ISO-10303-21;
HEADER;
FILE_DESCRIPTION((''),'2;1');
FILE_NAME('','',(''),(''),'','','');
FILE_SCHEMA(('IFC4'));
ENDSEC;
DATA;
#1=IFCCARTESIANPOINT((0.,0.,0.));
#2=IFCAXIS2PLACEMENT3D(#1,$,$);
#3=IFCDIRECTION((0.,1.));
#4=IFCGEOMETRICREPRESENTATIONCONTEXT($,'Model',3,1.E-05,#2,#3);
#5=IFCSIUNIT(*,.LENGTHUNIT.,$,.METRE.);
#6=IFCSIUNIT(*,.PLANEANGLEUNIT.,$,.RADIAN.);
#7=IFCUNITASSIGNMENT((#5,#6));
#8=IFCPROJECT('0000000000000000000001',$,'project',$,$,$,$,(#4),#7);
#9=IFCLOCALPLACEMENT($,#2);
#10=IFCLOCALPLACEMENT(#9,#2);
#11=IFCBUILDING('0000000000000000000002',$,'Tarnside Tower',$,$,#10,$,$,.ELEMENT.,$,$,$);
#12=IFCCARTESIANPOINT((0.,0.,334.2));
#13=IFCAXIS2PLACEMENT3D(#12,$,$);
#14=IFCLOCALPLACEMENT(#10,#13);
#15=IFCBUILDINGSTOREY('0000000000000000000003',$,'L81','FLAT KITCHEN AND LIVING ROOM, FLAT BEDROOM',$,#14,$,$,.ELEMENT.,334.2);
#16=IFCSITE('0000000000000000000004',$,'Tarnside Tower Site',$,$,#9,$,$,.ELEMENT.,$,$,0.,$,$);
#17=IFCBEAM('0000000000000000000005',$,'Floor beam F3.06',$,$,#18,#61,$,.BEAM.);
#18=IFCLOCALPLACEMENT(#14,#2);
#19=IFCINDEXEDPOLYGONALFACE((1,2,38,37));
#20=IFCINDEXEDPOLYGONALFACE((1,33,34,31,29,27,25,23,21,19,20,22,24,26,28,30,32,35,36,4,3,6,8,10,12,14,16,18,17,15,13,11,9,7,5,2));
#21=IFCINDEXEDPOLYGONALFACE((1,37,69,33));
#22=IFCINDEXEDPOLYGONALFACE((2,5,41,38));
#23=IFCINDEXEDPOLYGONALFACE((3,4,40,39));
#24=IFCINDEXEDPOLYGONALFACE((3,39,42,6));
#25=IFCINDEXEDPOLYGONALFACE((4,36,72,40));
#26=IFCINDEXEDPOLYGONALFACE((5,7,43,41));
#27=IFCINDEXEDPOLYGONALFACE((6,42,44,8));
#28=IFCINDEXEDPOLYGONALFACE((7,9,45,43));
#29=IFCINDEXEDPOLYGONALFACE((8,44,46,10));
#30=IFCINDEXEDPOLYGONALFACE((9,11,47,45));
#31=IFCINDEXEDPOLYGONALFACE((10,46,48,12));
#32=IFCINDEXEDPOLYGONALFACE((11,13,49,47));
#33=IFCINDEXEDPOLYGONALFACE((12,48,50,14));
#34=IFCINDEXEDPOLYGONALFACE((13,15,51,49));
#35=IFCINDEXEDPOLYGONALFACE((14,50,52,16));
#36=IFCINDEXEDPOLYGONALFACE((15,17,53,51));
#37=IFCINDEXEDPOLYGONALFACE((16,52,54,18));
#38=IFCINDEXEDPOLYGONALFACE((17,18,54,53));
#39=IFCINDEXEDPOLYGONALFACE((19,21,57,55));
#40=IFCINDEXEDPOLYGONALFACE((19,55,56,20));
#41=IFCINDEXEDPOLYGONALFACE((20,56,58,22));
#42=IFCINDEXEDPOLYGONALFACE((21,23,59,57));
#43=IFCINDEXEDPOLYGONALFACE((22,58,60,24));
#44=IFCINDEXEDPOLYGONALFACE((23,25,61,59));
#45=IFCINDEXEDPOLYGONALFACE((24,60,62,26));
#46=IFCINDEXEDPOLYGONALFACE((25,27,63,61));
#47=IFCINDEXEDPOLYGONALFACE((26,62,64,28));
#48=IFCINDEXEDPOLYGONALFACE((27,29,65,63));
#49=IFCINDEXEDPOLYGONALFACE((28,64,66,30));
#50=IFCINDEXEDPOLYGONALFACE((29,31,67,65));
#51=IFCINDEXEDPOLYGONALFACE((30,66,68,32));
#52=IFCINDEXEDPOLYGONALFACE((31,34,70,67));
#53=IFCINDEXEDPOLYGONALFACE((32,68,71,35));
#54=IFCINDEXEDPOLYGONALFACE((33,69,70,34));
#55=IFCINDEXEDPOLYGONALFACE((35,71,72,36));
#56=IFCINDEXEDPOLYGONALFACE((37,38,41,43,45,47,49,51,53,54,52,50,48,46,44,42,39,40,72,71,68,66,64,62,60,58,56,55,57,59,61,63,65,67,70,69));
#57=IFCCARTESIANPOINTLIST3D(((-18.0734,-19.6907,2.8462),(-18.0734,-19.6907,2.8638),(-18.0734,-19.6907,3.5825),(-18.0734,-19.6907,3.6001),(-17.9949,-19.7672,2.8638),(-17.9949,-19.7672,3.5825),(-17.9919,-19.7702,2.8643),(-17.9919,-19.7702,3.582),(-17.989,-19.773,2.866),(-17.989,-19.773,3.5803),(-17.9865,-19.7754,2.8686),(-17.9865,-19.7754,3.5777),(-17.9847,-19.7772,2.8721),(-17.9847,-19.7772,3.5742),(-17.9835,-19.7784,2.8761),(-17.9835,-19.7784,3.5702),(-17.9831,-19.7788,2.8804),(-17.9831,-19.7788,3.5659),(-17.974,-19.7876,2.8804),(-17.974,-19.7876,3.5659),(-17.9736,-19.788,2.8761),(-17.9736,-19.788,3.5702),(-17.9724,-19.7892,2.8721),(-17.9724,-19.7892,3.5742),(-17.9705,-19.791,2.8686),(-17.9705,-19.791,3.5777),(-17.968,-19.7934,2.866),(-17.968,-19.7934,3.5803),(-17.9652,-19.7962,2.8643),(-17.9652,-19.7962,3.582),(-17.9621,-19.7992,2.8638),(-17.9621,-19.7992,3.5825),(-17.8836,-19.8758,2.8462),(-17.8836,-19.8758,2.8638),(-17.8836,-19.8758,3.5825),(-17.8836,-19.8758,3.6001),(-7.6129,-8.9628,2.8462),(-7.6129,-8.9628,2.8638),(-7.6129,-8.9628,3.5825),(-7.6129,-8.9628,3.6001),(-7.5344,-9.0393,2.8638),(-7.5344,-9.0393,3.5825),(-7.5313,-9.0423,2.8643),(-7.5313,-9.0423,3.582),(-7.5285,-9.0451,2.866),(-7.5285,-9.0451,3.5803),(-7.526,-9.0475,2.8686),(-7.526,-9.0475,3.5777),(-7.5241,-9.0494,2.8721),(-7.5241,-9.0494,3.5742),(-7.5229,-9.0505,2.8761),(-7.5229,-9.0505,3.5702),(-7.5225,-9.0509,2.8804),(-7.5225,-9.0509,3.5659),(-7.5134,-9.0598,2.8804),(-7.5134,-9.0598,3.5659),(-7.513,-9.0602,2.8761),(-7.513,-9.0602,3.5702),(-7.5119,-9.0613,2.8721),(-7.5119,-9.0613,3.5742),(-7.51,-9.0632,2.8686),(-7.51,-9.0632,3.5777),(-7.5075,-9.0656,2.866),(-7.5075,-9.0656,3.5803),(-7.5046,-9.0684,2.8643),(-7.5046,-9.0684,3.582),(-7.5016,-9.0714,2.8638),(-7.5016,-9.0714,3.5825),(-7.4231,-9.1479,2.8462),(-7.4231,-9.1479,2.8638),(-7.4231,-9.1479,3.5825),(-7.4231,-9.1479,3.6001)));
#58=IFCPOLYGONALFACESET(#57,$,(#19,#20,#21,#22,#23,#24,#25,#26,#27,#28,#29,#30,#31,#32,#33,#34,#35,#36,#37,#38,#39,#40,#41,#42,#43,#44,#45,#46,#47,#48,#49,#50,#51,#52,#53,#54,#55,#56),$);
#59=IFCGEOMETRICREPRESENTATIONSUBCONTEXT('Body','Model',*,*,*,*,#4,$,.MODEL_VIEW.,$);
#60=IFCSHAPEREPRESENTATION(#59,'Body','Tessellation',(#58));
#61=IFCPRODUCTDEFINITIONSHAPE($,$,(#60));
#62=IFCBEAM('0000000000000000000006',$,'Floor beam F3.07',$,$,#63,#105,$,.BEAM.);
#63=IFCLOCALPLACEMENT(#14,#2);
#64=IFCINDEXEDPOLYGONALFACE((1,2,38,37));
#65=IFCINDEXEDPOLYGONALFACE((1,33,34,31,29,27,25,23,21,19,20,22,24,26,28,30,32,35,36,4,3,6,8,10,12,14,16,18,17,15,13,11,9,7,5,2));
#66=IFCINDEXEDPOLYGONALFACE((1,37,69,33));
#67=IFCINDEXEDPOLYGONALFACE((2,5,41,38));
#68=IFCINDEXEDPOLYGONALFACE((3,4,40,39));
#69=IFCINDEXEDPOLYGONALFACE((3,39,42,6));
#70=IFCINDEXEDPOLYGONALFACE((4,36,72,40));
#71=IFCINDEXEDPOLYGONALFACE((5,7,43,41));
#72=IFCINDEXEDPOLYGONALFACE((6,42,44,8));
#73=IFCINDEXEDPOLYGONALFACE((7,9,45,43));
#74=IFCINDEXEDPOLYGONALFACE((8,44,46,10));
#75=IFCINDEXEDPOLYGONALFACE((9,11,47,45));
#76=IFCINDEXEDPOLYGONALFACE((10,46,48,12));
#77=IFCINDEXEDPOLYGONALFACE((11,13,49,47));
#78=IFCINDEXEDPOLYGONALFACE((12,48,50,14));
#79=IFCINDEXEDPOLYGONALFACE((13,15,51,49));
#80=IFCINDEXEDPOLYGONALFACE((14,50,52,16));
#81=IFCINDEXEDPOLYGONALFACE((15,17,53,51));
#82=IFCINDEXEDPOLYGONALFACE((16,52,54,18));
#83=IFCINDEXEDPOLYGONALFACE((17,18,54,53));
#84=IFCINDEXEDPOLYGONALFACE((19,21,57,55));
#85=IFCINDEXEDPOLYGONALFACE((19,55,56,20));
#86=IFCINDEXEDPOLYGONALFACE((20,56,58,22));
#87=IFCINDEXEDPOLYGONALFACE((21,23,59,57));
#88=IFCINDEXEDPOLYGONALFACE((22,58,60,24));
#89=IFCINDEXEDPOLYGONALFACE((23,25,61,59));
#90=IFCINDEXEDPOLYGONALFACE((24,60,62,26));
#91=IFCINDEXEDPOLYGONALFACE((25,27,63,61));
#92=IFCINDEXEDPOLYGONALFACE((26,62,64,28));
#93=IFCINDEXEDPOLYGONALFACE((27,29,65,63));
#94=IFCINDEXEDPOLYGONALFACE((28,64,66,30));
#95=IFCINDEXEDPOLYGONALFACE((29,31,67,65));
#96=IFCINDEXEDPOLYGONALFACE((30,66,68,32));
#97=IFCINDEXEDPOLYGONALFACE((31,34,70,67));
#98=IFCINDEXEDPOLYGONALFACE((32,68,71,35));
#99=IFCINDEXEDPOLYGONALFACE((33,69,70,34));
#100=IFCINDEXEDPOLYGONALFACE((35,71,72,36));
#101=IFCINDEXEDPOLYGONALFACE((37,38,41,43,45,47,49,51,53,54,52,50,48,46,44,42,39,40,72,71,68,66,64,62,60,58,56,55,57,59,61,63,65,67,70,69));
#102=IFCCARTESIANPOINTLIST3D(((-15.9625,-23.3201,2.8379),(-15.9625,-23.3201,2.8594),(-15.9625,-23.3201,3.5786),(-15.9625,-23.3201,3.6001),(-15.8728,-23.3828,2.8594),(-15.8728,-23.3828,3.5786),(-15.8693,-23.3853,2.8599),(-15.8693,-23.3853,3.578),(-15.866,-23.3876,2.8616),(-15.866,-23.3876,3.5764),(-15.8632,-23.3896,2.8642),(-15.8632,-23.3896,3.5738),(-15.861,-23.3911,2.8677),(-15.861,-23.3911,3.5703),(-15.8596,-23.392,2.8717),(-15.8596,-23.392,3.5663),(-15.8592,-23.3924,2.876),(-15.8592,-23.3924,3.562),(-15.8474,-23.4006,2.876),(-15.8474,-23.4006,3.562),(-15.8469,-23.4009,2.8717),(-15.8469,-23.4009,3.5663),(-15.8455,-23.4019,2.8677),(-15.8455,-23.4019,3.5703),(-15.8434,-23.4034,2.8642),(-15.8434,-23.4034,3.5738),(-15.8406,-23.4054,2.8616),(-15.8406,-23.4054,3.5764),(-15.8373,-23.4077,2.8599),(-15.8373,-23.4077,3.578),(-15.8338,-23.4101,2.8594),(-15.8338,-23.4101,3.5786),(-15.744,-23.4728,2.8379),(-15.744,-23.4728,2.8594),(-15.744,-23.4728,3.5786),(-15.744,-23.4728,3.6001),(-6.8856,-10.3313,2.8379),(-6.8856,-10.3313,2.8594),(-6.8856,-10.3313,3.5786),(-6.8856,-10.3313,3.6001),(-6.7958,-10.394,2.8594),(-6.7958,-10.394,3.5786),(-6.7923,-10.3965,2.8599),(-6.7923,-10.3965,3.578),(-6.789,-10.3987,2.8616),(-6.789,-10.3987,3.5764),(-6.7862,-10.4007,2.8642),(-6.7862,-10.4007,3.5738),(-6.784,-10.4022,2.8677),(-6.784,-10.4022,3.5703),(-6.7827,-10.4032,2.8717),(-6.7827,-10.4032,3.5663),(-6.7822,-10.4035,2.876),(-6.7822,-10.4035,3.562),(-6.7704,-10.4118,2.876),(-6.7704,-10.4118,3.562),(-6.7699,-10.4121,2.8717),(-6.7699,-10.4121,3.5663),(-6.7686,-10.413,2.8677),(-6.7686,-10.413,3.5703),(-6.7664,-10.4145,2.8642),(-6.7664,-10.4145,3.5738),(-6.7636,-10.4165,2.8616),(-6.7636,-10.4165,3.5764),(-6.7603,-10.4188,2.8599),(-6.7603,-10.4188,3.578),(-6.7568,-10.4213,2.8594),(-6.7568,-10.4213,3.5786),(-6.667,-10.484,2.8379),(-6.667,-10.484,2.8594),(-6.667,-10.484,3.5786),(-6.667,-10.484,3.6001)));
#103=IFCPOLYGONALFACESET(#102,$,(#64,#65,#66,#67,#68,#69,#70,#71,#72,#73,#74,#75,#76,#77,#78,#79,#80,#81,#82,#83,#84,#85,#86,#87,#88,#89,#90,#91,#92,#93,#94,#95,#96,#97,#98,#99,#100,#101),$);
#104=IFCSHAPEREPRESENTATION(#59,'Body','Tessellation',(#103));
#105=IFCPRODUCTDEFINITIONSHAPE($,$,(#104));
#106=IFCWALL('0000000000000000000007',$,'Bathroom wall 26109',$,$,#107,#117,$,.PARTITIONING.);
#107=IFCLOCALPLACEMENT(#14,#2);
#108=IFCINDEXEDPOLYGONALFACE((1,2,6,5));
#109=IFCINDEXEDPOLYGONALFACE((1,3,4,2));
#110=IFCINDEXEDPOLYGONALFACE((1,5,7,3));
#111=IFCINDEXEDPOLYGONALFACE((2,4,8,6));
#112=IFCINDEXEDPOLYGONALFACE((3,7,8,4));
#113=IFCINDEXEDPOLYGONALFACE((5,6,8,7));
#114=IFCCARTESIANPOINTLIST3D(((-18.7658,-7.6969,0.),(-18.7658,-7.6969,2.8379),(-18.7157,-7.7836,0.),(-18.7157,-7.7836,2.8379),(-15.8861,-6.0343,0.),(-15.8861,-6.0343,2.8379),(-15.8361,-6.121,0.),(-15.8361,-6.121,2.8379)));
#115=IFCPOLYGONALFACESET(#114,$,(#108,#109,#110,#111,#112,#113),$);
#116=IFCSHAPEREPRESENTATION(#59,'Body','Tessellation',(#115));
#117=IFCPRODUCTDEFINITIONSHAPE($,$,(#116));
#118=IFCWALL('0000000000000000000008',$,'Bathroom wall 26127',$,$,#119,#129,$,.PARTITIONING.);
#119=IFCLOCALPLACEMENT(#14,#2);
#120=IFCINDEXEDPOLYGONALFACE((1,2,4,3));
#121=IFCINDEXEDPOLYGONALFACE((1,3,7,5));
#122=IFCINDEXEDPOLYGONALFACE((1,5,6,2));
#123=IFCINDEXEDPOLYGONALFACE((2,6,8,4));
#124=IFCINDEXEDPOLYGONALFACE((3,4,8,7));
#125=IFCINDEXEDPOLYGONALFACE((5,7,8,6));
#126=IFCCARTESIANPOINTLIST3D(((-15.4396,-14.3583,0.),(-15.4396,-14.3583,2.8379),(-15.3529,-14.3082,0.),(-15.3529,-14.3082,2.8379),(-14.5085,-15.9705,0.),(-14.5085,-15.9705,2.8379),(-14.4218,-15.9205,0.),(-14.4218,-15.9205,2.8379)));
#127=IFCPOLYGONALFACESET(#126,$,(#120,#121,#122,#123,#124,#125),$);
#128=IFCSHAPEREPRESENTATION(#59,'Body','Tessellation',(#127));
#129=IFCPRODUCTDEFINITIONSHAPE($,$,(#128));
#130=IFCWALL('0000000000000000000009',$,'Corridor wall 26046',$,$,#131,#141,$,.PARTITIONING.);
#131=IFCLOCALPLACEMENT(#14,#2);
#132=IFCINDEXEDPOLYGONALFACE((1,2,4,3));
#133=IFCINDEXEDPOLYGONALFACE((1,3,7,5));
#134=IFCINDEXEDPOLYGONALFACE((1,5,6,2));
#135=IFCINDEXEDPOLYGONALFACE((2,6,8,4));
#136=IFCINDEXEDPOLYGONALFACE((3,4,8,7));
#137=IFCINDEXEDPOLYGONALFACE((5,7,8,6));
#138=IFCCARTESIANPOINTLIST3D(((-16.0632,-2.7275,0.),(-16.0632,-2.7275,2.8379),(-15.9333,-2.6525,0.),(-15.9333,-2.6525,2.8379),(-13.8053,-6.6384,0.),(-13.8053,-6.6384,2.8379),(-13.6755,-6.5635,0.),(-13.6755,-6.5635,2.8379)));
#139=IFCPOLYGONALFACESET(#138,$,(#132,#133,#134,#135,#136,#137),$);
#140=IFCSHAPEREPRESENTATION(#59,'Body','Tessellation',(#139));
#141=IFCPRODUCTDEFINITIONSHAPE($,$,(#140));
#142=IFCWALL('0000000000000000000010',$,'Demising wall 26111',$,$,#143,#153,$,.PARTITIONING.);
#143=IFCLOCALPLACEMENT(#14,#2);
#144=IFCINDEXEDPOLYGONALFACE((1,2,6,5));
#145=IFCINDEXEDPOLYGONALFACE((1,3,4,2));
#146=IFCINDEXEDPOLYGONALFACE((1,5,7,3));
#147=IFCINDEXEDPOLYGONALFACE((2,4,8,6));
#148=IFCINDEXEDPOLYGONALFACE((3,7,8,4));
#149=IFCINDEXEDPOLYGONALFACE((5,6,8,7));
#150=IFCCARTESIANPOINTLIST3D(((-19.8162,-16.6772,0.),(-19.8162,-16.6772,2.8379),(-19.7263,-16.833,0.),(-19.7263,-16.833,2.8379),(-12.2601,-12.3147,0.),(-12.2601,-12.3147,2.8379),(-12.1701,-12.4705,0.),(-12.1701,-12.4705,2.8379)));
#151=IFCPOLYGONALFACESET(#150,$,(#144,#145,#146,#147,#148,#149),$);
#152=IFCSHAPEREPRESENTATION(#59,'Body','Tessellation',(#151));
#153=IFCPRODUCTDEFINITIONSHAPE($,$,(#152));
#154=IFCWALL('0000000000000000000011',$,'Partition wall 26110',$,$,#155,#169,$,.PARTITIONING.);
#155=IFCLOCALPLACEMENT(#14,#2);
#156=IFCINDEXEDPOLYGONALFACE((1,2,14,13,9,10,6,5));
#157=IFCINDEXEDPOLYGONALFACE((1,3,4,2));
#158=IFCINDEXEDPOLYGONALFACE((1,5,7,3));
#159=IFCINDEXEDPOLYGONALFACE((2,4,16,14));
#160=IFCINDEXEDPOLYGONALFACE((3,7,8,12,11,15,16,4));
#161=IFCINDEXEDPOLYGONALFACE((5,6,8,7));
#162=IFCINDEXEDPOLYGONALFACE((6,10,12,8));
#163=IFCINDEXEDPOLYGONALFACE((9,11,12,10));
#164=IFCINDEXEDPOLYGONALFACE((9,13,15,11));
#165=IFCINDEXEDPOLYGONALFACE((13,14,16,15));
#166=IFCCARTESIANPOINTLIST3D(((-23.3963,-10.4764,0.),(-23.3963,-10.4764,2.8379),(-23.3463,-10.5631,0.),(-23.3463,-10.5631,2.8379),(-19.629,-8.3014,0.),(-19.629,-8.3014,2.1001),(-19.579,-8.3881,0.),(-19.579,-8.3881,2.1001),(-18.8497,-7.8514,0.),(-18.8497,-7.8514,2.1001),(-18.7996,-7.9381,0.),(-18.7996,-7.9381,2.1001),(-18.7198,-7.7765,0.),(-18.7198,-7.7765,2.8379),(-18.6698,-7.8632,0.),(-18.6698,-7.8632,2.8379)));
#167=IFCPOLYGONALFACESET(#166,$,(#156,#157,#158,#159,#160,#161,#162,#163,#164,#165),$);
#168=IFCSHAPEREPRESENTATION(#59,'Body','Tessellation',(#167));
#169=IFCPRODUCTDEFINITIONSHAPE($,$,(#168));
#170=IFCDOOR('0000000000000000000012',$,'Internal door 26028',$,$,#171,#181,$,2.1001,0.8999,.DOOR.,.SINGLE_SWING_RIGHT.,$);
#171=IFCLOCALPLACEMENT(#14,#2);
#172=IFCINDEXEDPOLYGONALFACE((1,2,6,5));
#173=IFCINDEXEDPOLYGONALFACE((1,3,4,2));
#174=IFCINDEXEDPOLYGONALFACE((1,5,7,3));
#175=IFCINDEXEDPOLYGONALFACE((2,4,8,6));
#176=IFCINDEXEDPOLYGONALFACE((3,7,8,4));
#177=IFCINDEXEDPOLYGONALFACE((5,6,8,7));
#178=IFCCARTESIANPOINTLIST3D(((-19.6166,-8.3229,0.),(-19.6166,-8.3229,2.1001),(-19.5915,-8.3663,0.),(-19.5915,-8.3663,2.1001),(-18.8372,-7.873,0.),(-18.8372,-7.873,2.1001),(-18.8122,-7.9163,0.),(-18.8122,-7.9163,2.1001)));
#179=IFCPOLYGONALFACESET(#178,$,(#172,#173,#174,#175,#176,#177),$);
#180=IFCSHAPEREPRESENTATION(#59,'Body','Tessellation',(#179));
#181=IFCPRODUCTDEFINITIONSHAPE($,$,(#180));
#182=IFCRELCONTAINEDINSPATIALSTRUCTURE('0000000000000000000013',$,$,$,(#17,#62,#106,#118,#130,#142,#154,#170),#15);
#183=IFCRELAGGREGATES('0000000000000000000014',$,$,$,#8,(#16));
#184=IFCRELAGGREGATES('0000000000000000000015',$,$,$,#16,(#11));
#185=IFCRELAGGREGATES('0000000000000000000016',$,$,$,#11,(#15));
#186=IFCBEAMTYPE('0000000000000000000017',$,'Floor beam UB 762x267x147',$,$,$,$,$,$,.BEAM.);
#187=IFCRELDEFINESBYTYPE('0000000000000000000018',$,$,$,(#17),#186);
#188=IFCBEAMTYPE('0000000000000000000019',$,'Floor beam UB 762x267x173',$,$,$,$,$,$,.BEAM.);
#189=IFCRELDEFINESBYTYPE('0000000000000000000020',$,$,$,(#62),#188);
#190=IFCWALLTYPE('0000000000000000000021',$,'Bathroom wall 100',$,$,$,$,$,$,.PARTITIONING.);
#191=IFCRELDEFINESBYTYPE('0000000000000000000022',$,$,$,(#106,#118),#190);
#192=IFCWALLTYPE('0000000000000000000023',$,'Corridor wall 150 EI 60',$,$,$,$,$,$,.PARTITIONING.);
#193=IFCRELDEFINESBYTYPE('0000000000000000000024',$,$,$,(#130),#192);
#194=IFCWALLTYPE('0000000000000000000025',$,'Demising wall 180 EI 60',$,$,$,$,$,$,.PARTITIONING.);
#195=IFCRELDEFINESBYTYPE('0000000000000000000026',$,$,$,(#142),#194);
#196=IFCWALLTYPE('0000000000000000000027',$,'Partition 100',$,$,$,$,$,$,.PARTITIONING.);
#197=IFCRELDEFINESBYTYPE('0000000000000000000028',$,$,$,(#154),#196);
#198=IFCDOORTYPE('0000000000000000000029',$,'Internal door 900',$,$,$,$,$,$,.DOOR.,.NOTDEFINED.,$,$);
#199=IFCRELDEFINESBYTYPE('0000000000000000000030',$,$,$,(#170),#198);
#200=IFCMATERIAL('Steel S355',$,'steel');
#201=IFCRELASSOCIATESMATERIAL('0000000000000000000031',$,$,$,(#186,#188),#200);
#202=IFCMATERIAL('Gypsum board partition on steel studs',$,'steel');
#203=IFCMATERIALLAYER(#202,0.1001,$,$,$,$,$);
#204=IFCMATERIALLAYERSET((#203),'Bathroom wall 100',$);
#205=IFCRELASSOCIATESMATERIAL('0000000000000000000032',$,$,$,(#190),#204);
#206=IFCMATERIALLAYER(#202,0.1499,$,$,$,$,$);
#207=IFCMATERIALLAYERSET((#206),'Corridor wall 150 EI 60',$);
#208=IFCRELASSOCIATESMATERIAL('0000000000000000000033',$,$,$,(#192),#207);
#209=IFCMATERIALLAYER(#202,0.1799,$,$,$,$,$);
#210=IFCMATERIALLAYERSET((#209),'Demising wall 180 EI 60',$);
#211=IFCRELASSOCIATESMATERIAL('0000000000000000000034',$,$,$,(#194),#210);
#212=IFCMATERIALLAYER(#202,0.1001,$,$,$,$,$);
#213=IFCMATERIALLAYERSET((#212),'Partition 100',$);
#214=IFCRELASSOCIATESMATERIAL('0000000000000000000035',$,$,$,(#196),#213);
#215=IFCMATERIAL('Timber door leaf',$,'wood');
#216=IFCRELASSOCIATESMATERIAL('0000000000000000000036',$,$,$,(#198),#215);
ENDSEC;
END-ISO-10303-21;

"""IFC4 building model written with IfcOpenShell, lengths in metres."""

from ifc_helpers import new_model, si_unit, direction, frame, frame_2d, origin, origin_2d, place, context, subcontext, project, spatial, rectangle, i_section, extrude, material, layer, layer_set, material_profile, profile_set, type_object, element, fill, save


model = new_model("IFC4")

# Units and contexts
model_context = context("Model", 3, precision=1e-05, world=origin(), true_north=direction((0.0, 1.0)))
body_context = subcontext(model_context, "Body", "Model", "MODEL_VIEW")
ifc_project = project(units=[si_unit("LENGTHUNIT", "METRE"), si_unit("PLANEANGLEUNIT", "RADIAN")], contexts=[model_context])

# Site, building, storey
site_placement = place(None, origin())
site = spatial("IfcSite", under=ifc_project, at=site_placement, Name="Tarnside Tower Site", CompositionType="ELEMENT", RefElevation=0.0)
building_placement = place(site_placement, origin())
building = spatial("IfcBuilding", under=site, at=building_placement, Name="Tarnside Tower", CompositionType="ELEMENT")
storey_placement = place(building_placement, frame((0.0, 0.0, 334.2)))
storey = spatial("IfcBuildingStorey", under=building, at=storey_placement, Name="L81", Description="FLAT KITCHEN AND LIVING ROOM, FLAT BEDROOM", CompositionType="ELEMENT", Elevation=334.2)

# Beams
ifc_material_1 = material(Name="Steel S355", Category="steel")
ifc_material_profile_1 = material_profile(ifc_material_1, i_section(OverallWidth=0.2651, OverallDepth=0.7539, WebThickness=0.0127, FlangeThickness=0.0176, FilletRadius=0.0166, at=origin_2d()), Name="UB 762x267x147")
ifc_profile_set_1 = profile_set([ifc_material_profile_1], Name="Steel S355")
beam_type_1 = type_object("IfcBeamType", Name="Floor beam UB 762x267x147", PredefinedType="BEAM", material=ifc_profile_set_1)
beam_1_placement = place(storey_placement, frame((-17.9785, -19.7832, 3.2231), z_axis=(0.69813, 0.715971, 0.0), x_axis=(-0.715971, 0.69813, 0.0)))
element("IfcBeam", 1, at=beam_1_placement, inside=storey, type_object=beam_type_1, Name="Floor beam F3.06", PredefinedType="BEAM", context=body_context, shape_type="SweptSolid", body=[
    extrude(i_section(OverallWidth=0.2651, OverallDepth=0.7539, WebThickness=0.0127, FlangeThickness=0.0176, FilletRadius=0.0166, at=origin_2d()), origin(), (0.0, 0.0, 1.0), 14.9836),
])
ifc_material_profile_2 = material_profile(ifc_material_1, i_section(OverallWidth=0.2666, OverallDepth=0.7622, WebThickness=0.0144, FlangeThickness=0.0215, FilletRadius=0.0166, at=origin_2d()), Name="UB 762x267x173")
ifc_profile_set_2 = profile_set([ifc_material_profile_2], Name="Steel S355")
beam_type_2 = type_object("IfcBeamType", Name="Floor beam UB 762x267x173", PredefinedType="BEAM", material=ifc_profile_set_2)
beam_2_placement = place(storey_placement, frame((-15.8533, -23.3965, 3.219), z_axis=(0.572817, 0.819683, 0.0), x_axis=(-0.819683, 0.572817, 0.0)))
element("IfcBeam", 2, at=beam_2_placement, inside=storey, type_object=beam_type_2, Name="Floor beam F3.07", PredefinedType="BEAM", context=body_context, shape_type="SweptSolid", body=[
    extrude(i_section(OverallWidth=0.2666, OverallDepth=0.7622, WebThickness=0.0144, FlangeThickness=0.0215, FilletRadius=0.0166, at=origin_2d()), origin(), (0.0, 0.0, 1.0), 15.8462),
])

# Walls
ifc_material_2 = material(Name="Gypsum board partition on steel studs", Category="steel")
ifc_layer_1 = layer(ifc_material_2, 0.1001)
ifc_layer_set_1 = layer_set([ifc_layer_1], Name="Bathroom wall 100")
wall_type_1 = type_object("IfcWallType", Name="Bathroom wall 100", PredefinedType="PARTITIONING", material=ifc_layer_set_1)
wall_1_placement = place(storey_placement, frame((-15.8611, -6.0776, 0.0), z_axis=(0.0, 0.0, 1.0), x_axis=(-0.866021, -0.500008, 0.0)))
element("IfcWall", 3, at=wall_1_placement, inside=storey, type_object=wall_type_1, Name="Bathroom wall 26109", PredefinedType="PARTITIONING", context=body_context, shape_type="SweptSolid", body=[
    extrude(rectangle(XDim=3.3252, YDim=0.1001, at=frame_2d((1.6626, 0.0))), origin(), (0.0, 0.0, 1.0), 2.8379),
])
wall_2_placement = place(storey_placement, frame((-15.3962, -14.3333, 0.0), z_axis=(0.0, 0.0, 1.0), x_axis=(0.500116, -0.865958, 0.0)))
element("IfcWall", 4, at=wall_2_placement, inside=storey, type_object=wall_type_1, Name="Bathroom wall 26127", PredefinedType="PARTITIONING", context=body_context, shape_type="SweptSolid", body=[
    extrude(rectangle(XDim=1.8618, YDim=0.1001, at=frame_2d((0.9309, 0.0))), origin(), (0.0, 0.0, 1.0), 2.8379),
])
ifc_layer_2 = layer(ifc_material_2, 0.1499)
ifc_layer_set_2 = layer_set([ifc_layer_2], Name="Corridor wall 150 EI 60")
wall_type_2 = type_object("IfcWallType", Name="Corridor wall 150 EI 60", PredefinedType="PARTITIONING", material=ifc_layer_set_2)
wall_3_placement = place(storey_placement, frame((-13.7405, -6.6008, 0.0), z_axis=(0.0, 0.0, 1.0), x_axis=(-0.499977, 0.866039, 0.0)))
element("IfcWall", 5, at=wall_3_placement, inside=storey, type_object=wall_type_2, Name="Corridor wall 26046", PredefinedType="PARTITIONING", context=body_context, shape_type="SweptSolid", body=[
    extrude(rectangle(XDim=4.5159, YDim=0.1499, at=frame_2d((2.2578, 0.0))), origin(), (0.0, 0.0, 1.0), 2.8379),
])
ifc_layer_3 = layer(ifc_material_2, 0.1799)
ifc_layer_set_3 = layer_set([ifc_layer_3], Name="Demising wall 180 EI 60")
wall_type_3 = type_object("IfcWallType", Name="Demising wall 180 EI 60", PredefinedType="PARTITIONING", material=ifc_layer_set_3)
wall_4_placement = place(storey_placement, frame((-19.7712, -16.7551, 0.0), z_axis=(0.0, 0.0, 1.0), x_axis=(0.866025, 0.5, 0.0)))
element("IfcWall", 6, at=wall_4_placement, inside=storey, type_object=wall_type_3, Name="Demising wall 26111", PredefinedType="PARTITIONING", context=body_context, shape_type="SweptSolid", body=[
    extrude(rectangle(XDim=8.7251, YDim=0.1799, at=frame_2d((4.3625, 0.0))), origin(), (0.0, 0.0, 1.0), 2.8379),
])

# Wall, opening, door
ifc_layer_4 = layer(ifc_material_2, 0.1001)
ifc_layer_set_4 = layer_set([ifc_layer_4], Name="Partition 100")
wall_type_4 = type_object("IfcWallType", Name="Partition 100", PredefinedType="PARTITIONING", material=ifc_layer_set_4)
wall_5_placement = place(storey_placement, frame((-18.6948, -7.8198, 0.0), z_axis=(0.0, 0.0, 1.0), x_axis=(-0.866028, -0.499995, 0.0)))
wall_5 = element("IfcWall", 7, at=wall_5_placement, inside=storey, type_object=wall_type_4, Name="Partition wall 26110", PredefinedType="PARTITIONING", context=body_context, shape_type="SweptSolid", body=[
    extrude(rectangle(XDim=5.3999, YDim=0.1001, at=frame_2d((2.7, 0.0))), origin(), (0.0, 0.0, 1.0), 2.8379),
])
opening_1_placement = place(wall_5_placement, frame((0.1499, 0.0, 0.0)))
opening_1 = element("IfcOpeningElement", 8, at=opening_1_placement, cuts=wall_5, PredefinedType="OPENING", context=body_context, shape_type="SweptSolid", body=[
    extrude(rectangle(XDim=0.8999, YDim=2.1001, at=frame_2d((0.45, 1.05))), frame((0.0, 0.0601, 0.0), z_axis=(0.0, -1.0, 0.0), x_axis=(1.0, 0.0, 0.0)), (0.0, 0.0, 1.0), 0.1201),
])
ifc_material_3 = material(Name="Timber door leaf", Category="wood")
door_type = type_object("IfcDoorType", Name="Internal door 900", OperationType="NOTDEFINED", PredefinedType="DOOR", material=ifc_material_3)
door_1_placement = place(opening_1_placement, origin())
door_1 = element("IfcDoor", 9, at=door_1_placement, inside=storey, type_object=door_type, Name="Internal door 26028", OperationType="SINGLE_SWING_RIGHT", OverallHeight=2.1001, OverallWidth=0.8999, PredefinedType="DOOR", context=body_context, shape_type="SweptSolid", body=[
    extrude(rectangle(XDim=0.8999, YDim=2.1001, at=frame_2d((0.45, 1.05))), frame((0.0, 0.0249, 0.0), z_axis=(0.0, -1.0, 0.0), x_axis=(1.0, 0.0, 0.0)), (0.0, 0.0, 1.0), 0.05),
])
fill(opening_1, door_1)

save(model, "model.ifc")
